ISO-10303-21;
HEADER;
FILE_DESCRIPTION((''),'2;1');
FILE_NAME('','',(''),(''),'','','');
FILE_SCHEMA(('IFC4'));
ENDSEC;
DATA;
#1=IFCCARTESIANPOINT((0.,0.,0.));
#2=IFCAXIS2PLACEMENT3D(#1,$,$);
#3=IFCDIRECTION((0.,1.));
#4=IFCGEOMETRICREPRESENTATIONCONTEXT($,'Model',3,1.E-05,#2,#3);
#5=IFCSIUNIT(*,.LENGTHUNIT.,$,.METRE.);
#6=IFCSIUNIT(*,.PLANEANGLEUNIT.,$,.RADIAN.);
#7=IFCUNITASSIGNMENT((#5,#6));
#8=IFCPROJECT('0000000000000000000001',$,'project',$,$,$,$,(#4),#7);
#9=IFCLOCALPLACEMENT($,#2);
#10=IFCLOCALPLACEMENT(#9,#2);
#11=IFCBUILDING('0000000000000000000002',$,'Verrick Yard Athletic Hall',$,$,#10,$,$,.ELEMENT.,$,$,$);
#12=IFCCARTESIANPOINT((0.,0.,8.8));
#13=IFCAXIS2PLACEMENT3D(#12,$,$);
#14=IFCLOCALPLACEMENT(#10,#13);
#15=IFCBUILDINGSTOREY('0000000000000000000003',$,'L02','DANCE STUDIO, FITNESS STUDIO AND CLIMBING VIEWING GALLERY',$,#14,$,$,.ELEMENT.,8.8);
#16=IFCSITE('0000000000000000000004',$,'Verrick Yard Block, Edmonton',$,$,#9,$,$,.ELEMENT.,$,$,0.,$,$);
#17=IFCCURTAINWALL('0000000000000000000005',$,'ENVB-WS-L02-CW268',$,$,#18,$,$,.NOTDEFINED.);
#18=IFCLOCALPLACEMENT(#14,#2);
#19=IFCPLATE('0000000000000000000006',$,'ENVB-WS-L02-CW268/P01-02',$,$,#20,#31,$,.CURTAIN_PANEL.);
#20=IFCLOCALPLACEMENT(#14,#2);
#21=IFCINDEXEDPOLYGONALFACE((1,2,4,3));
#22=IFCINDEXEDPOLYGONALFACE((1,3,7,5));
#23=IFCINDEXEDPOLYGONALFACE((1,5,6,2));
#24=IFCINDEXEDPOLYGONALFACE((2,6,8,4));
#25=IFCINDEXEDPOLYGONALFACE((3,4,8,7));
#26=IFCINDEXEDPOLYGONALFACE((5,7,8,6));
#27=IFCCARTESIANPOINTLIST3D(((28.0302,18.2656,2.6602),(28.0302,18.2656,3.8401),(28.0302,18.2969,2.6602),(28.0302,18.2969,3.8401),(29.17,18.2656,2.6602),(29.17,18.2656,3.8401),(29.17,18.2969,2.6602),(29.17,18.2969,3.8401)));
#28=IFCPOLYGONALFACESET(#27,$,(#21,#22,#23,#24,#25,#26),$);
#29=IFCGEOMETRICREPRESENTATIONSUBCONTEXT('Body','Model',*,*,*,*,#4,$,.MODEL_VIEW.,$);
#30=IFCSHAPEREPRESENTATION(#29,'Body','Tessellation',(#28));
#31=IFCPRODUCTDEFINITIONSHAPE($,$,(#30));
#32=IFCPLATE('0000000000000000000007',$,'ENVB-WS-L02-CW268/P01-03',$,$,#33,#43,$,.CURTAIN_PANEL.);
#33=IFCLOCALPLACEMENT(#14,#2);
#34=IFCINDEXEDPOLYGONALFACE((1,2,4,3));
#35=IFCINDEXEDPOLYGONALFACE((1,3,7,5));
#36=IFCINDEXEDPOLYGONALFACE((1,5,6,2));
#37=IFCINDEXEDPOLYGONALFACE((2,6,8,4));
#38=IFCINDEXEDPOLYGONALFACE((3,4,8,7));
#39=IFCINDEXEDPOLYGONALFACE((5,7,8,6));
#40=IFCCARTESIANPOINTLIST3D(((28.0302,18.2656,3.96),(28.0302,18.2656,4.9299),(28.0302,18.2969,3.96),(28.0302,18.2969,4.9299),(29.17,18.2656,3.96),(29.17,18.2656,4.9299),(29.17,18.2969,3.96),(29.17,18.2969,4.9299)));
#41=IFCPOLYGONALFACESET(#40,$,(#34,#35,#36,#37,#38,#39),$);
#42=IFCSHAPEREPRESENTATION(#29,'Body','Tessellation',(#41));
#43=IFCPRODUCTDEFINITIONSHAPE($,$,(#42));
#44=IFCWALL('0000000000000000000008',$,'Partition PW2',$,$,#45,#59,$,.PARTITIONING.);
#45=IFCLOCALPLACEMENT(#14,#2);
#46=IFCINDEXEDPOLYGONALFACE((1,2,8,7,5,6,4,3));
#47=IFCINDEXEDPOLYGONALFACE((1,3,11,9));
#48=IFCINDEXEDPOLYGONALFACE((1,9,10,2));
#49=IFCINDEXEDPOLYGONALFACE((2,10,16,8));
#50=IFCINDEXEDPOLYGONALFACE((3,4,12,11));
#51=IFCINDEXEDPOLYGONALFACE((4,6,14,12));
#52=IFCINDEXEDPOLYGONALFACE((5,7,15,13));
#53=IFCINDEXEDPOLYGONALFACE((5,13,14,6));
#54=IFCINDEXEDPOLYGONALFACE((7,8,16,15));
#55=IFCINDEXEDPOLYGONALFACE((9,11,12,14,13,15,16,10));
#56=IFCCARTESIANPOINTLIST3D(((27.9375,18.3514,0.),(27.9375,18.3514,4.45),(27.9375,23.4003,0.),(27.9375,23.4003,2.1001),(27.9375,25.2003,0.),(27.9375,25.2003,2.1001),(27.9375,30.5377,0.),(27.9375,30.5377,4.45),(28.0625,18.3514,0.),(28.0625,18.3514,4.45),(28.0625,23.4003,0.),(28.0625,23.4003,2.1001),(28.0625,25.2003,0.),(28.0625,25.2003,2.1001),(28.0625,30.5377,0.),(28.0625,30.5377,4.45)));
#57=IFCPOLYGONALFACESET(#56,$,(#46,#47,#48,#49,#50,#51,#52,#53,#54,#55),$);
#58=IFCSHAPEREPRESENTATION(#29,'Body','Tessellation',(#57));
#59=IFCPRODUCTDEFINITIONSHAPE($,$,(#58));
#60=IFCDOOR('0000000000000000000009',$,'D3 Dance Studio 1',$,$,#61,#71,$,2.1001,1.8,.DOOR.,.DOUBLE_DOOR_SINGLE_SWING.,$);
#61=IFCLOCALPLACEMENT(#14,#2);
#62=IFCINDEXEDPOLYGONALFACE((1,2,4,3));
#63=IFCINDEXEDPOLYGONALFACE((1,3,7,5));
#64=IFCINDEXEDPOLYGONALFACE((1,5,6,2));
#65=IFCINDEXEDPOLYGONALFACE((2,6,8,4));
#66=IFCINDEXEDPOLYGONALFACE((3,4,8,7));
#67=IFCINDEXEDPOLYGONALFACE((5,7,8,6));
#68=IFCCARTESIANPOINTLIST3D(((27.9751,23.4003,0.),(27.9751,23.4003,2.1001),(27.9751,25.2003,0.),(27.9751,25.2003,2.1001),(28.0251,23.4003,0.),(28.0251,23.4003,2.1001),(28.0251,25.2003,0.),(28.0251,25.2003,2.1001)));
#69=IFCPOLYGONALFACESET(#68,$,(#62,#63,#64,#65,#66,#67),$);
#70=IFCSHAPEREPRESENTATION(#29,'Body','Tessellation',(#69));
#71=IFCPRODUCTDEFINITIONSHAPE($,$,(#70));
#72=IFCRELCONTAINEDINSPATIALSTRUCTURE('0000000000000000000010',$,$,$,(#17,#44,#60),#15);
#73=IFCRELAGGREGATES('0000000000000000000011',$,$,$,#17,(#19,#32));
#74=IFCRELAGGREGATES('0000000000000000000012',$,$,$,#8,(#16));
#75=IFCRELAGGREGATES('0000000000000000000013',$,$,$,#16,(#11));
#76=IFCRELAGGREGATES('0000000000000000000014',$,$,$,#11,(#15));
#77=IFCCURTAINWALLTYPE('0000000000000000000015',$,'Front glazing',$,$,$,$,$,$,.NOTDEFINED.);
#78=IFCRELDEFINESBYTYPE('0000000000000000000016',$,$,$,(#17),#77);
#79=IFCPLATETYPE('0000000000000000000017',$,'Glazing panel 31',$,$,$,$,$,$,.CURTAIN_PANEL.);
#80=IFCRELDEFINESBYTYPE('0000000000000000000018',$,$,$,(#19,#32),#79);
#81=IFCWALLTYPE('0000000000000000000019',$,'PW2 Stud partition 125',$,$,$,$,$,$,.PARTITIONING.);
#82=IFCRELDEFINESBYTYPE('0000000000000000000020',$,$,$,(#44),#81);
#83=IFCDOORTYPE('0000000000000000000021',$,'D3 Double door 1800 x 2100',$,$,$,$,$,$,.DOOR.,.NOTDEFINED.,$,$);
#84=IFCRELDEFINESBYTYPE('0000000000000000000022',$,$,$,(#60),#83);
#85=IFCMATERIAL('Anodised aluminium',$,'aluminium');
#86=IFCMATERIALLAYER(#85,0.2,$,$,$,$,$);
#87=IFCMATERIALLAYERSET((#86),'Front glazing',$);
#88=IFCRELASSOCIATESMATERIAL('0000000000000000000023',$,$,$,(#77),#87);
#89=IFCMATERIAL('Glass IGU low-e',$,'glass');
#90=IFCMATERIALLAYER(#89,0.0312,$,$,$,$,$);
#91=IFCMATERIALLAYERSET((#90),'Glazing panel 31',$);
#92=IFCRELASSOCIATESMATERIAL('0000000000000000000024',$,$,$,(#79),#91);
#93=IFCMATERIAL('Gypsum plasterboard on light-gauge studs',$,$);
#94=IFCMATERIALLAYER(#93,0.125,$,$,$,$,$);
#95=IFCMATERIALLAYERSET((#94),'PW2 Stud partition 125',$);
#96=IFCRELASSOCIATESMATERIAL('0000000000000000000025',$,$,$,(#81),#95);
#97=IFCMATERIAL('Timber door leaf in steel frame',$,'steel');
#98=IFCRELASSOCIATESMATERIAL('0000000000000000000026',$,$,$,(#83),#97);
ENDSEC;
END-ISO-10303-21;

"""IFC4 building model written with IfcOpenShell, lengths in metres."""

from ifc_helpers import new_model, si_unit, direction, frame, frame_2d, origin, origin_2d, place, context, subcontext, project, spatial, rectangle, extrude, material, layer, layer_set, type_object, element, fill, aggregate, save


model = new_model("IFC4")

# Units and contexts
model_context = context("Model", 3, precision=1e-05, world=origin(), true_north=direction((0.0, 1.0)))
body_context = subcontext(model_context, "Body", "Model", "MODEL_VIEW")
ifc_project = project(units=[si_unit("LENGTHUNIT", "METRE"), si_unit("PLANEANGLEUNIT", "RADIAN")], contexts=[model_context])

# Site, building, storey
site_placement = place(None, origin())
site = spatial("IfcSite", under=ifc_project, at=site_placement, Name="Verrick Yard Block, Edmonton", CompositionType="ELEMENT", RefElevation=0.0)
building_placement = place(site_placement, origin())
building = spatial("IfcBuilding", under=site, at=building_placement, Name="Verrick Yard Athletic Hall", CompositionType="ELEMENT")
storey_placement = place(building_placement, frame((0.0, 0.0, 8.8)))
storey = spatial("IfcBuildingStorey", under=building, at=storey_placement, Name="L02", Description="DANCE STUDIO, FITNESS STUDIO AND CLIMBING VIEWING GALLERY", CompositionType="ELEMENT", Elevation=8.8)

# Curtain wall, plates
ifc_material_1 = material(Name="Anodised aluminium", Category="aluminium")
ifc_layer_1 = layer(ifc_material_1, 0.2)
ifc_layer_set_1 = layer_set([ifc_layer_1], Name="Front glazing")
curtain_wall_type = type_object("IfcCurtainWallType", Name="Front glazing", PredefinedType="NOTDEFINED", material=ifc_layer_set_1)
curtain_wall_placement = place(storey_placement, origin())
curtain_wall = element("IfcCurtainWall", 1, at=curtain_wall_placement, inside=storey, type_object=curtain_wall_type, Name="ENVB-WS-L02-CW268", PredefinedType="NOTDEFINED")
ifc_material_2 = material(Name="Glass IGU low-e", Category="glass")
ifc_layer_2 = layer(ifc_material_2, 0.0312)
ifc_layer_set_2 = layer_set([ifc_layer_2], Name="Glazing panel 31")
plate_type = type_object("IfcPlateType", Name="Glazing panel 31", PredefinedType="CURTAIN_PANEL", material=ifc_layer_set_2)
plate_1_placement = place(storey_placement, frame((28.6001, 18.2812, 2.6602), z_axis=(0.0, 0.0, 1.0), x_axis=(1.0, 0.0, 0.0)))
plate_1 = element("IfcPlate", 2, at=plate_1_placement, type_object=plate_type, Name="ENVB-WS-L02-CW268/P01-02", PredefinedType="CURTAIN_PANEL", context=body_context, shape_type="SweptSolid", body=[
    extrude(rectangle(XDim=1.1399, YDim=0.0312, at=origin_2d()), origin(), (0.0, 0.0, 1.0), 1.1799),
])
plate_2_placement = place(storey_placement, frame((28.6001, 18.2812, 3.96), z_axis=(0.0, 0.0, 1.0), x_axis=(1.0, 0.0, 0.0)))
plate_2 = element("IfcPlate", 3, at=plate_2_placement, type_object=plate_type, Name="ENVB-WS-L02-CW268/P01-03", PredefinedType="CURTAIN_PANEL", context=body_context, shape_type="SweptSolid", body=[
    extrude(rectangle(XDim=1.1399, YDim=0.0312, at=origin_2d()), origin(), (0.0, 0.0, 1.0), 0.97),
])
aggregate(curtain_wall, [plate_1, plate_2])

# Wall, opening, door
ifc_material_3 = material(Name="Gypsum plasterboard on light-gauge studs")
ifc_layer_3 = layer(ifc_material_3, 0.125)
ifc_layer_set_3 = layer_set([ifc_layer_3], Name="PW2 Stud partition 125")
wall_type = type_object("IfcWallType", Name="PW2 Stud partition 125", PredefinedType="PARTITIONING", material=ifc_layer_set_3)
wall_placement = place(storey_placement, frame((28.0, 18.3513, 0.0), z_axis=(0.0, 0.0, 1.0), x_axis=(0.0, 1.0, 0.0)))
wall = element("IfcWall", 4, at=wall_placement, inside=storey, type_object=wall_type, Name="Partition PW2", PredefinedType="PARTITIONING", context=body_context, shape_type="SweptSolid", body=[
    extrude(rectangle(XDim=12.1863, YDim=0.125, at=frame_2d((6.0933, 0.0))), origin(), (0.0, 0.0, 1.0), 4.45),
])
opening_placement = place(wall_placement, frame((5.0491, 0.0, 0.0)))
opening = element("IfcOpeningElement", 5, at=opening_placement, cuts=wall, PredefinedType="OPENING", context=body_context, shape_type="SweptSolid", body=[
    extrude(rectangle(XDim=1.8, YDim=2.1001, at=frame_2d((0.8999, 1.05))), frame((0.0, 0.0725, 0.0), z_axis=(0.0, -1.0, 0.0), x_axis=(1.0, 0.0, 0.0)), (0.0, 0.0, 1.0), 0.145),
])
ifc_material_4 = material(Name="Timber door leaf in steel frame", Category="steel")
door_type = type_object("IfcDoorType", Name="D3 Double door 1800 x 2100", OperationType="NOTDEFINED", PredefinedType="DOOR", material=ifc_material_4)
door_placement = place(opening_placement, origin())
door = element("IfcDoor", 6, at=door_placement, inside=storey, type_object=door_type, Name="D3 Dance Studio 1", OperationType="DOUBLE_DOOR_SINGLE_SWING", OverallHeight=2.1001, OverallWidth=1.8, PredefinedType="DOOR", context=body_context, shape_type="SweptSolid", body=[
    extrude(rectangle(XDim=1.8, YDim=2.1001, at=frame_2d((0.8999, 1.05))), frame((0.0, 0.0249, 0.0), z_axis=(0.0, -1.0, 0.0), x_axis=(1.0, 0.0, 0.0)), (0.0, 0.0, 1.0), 0.05),
])
fill(opening, door)

save(model, "model.ifc")
